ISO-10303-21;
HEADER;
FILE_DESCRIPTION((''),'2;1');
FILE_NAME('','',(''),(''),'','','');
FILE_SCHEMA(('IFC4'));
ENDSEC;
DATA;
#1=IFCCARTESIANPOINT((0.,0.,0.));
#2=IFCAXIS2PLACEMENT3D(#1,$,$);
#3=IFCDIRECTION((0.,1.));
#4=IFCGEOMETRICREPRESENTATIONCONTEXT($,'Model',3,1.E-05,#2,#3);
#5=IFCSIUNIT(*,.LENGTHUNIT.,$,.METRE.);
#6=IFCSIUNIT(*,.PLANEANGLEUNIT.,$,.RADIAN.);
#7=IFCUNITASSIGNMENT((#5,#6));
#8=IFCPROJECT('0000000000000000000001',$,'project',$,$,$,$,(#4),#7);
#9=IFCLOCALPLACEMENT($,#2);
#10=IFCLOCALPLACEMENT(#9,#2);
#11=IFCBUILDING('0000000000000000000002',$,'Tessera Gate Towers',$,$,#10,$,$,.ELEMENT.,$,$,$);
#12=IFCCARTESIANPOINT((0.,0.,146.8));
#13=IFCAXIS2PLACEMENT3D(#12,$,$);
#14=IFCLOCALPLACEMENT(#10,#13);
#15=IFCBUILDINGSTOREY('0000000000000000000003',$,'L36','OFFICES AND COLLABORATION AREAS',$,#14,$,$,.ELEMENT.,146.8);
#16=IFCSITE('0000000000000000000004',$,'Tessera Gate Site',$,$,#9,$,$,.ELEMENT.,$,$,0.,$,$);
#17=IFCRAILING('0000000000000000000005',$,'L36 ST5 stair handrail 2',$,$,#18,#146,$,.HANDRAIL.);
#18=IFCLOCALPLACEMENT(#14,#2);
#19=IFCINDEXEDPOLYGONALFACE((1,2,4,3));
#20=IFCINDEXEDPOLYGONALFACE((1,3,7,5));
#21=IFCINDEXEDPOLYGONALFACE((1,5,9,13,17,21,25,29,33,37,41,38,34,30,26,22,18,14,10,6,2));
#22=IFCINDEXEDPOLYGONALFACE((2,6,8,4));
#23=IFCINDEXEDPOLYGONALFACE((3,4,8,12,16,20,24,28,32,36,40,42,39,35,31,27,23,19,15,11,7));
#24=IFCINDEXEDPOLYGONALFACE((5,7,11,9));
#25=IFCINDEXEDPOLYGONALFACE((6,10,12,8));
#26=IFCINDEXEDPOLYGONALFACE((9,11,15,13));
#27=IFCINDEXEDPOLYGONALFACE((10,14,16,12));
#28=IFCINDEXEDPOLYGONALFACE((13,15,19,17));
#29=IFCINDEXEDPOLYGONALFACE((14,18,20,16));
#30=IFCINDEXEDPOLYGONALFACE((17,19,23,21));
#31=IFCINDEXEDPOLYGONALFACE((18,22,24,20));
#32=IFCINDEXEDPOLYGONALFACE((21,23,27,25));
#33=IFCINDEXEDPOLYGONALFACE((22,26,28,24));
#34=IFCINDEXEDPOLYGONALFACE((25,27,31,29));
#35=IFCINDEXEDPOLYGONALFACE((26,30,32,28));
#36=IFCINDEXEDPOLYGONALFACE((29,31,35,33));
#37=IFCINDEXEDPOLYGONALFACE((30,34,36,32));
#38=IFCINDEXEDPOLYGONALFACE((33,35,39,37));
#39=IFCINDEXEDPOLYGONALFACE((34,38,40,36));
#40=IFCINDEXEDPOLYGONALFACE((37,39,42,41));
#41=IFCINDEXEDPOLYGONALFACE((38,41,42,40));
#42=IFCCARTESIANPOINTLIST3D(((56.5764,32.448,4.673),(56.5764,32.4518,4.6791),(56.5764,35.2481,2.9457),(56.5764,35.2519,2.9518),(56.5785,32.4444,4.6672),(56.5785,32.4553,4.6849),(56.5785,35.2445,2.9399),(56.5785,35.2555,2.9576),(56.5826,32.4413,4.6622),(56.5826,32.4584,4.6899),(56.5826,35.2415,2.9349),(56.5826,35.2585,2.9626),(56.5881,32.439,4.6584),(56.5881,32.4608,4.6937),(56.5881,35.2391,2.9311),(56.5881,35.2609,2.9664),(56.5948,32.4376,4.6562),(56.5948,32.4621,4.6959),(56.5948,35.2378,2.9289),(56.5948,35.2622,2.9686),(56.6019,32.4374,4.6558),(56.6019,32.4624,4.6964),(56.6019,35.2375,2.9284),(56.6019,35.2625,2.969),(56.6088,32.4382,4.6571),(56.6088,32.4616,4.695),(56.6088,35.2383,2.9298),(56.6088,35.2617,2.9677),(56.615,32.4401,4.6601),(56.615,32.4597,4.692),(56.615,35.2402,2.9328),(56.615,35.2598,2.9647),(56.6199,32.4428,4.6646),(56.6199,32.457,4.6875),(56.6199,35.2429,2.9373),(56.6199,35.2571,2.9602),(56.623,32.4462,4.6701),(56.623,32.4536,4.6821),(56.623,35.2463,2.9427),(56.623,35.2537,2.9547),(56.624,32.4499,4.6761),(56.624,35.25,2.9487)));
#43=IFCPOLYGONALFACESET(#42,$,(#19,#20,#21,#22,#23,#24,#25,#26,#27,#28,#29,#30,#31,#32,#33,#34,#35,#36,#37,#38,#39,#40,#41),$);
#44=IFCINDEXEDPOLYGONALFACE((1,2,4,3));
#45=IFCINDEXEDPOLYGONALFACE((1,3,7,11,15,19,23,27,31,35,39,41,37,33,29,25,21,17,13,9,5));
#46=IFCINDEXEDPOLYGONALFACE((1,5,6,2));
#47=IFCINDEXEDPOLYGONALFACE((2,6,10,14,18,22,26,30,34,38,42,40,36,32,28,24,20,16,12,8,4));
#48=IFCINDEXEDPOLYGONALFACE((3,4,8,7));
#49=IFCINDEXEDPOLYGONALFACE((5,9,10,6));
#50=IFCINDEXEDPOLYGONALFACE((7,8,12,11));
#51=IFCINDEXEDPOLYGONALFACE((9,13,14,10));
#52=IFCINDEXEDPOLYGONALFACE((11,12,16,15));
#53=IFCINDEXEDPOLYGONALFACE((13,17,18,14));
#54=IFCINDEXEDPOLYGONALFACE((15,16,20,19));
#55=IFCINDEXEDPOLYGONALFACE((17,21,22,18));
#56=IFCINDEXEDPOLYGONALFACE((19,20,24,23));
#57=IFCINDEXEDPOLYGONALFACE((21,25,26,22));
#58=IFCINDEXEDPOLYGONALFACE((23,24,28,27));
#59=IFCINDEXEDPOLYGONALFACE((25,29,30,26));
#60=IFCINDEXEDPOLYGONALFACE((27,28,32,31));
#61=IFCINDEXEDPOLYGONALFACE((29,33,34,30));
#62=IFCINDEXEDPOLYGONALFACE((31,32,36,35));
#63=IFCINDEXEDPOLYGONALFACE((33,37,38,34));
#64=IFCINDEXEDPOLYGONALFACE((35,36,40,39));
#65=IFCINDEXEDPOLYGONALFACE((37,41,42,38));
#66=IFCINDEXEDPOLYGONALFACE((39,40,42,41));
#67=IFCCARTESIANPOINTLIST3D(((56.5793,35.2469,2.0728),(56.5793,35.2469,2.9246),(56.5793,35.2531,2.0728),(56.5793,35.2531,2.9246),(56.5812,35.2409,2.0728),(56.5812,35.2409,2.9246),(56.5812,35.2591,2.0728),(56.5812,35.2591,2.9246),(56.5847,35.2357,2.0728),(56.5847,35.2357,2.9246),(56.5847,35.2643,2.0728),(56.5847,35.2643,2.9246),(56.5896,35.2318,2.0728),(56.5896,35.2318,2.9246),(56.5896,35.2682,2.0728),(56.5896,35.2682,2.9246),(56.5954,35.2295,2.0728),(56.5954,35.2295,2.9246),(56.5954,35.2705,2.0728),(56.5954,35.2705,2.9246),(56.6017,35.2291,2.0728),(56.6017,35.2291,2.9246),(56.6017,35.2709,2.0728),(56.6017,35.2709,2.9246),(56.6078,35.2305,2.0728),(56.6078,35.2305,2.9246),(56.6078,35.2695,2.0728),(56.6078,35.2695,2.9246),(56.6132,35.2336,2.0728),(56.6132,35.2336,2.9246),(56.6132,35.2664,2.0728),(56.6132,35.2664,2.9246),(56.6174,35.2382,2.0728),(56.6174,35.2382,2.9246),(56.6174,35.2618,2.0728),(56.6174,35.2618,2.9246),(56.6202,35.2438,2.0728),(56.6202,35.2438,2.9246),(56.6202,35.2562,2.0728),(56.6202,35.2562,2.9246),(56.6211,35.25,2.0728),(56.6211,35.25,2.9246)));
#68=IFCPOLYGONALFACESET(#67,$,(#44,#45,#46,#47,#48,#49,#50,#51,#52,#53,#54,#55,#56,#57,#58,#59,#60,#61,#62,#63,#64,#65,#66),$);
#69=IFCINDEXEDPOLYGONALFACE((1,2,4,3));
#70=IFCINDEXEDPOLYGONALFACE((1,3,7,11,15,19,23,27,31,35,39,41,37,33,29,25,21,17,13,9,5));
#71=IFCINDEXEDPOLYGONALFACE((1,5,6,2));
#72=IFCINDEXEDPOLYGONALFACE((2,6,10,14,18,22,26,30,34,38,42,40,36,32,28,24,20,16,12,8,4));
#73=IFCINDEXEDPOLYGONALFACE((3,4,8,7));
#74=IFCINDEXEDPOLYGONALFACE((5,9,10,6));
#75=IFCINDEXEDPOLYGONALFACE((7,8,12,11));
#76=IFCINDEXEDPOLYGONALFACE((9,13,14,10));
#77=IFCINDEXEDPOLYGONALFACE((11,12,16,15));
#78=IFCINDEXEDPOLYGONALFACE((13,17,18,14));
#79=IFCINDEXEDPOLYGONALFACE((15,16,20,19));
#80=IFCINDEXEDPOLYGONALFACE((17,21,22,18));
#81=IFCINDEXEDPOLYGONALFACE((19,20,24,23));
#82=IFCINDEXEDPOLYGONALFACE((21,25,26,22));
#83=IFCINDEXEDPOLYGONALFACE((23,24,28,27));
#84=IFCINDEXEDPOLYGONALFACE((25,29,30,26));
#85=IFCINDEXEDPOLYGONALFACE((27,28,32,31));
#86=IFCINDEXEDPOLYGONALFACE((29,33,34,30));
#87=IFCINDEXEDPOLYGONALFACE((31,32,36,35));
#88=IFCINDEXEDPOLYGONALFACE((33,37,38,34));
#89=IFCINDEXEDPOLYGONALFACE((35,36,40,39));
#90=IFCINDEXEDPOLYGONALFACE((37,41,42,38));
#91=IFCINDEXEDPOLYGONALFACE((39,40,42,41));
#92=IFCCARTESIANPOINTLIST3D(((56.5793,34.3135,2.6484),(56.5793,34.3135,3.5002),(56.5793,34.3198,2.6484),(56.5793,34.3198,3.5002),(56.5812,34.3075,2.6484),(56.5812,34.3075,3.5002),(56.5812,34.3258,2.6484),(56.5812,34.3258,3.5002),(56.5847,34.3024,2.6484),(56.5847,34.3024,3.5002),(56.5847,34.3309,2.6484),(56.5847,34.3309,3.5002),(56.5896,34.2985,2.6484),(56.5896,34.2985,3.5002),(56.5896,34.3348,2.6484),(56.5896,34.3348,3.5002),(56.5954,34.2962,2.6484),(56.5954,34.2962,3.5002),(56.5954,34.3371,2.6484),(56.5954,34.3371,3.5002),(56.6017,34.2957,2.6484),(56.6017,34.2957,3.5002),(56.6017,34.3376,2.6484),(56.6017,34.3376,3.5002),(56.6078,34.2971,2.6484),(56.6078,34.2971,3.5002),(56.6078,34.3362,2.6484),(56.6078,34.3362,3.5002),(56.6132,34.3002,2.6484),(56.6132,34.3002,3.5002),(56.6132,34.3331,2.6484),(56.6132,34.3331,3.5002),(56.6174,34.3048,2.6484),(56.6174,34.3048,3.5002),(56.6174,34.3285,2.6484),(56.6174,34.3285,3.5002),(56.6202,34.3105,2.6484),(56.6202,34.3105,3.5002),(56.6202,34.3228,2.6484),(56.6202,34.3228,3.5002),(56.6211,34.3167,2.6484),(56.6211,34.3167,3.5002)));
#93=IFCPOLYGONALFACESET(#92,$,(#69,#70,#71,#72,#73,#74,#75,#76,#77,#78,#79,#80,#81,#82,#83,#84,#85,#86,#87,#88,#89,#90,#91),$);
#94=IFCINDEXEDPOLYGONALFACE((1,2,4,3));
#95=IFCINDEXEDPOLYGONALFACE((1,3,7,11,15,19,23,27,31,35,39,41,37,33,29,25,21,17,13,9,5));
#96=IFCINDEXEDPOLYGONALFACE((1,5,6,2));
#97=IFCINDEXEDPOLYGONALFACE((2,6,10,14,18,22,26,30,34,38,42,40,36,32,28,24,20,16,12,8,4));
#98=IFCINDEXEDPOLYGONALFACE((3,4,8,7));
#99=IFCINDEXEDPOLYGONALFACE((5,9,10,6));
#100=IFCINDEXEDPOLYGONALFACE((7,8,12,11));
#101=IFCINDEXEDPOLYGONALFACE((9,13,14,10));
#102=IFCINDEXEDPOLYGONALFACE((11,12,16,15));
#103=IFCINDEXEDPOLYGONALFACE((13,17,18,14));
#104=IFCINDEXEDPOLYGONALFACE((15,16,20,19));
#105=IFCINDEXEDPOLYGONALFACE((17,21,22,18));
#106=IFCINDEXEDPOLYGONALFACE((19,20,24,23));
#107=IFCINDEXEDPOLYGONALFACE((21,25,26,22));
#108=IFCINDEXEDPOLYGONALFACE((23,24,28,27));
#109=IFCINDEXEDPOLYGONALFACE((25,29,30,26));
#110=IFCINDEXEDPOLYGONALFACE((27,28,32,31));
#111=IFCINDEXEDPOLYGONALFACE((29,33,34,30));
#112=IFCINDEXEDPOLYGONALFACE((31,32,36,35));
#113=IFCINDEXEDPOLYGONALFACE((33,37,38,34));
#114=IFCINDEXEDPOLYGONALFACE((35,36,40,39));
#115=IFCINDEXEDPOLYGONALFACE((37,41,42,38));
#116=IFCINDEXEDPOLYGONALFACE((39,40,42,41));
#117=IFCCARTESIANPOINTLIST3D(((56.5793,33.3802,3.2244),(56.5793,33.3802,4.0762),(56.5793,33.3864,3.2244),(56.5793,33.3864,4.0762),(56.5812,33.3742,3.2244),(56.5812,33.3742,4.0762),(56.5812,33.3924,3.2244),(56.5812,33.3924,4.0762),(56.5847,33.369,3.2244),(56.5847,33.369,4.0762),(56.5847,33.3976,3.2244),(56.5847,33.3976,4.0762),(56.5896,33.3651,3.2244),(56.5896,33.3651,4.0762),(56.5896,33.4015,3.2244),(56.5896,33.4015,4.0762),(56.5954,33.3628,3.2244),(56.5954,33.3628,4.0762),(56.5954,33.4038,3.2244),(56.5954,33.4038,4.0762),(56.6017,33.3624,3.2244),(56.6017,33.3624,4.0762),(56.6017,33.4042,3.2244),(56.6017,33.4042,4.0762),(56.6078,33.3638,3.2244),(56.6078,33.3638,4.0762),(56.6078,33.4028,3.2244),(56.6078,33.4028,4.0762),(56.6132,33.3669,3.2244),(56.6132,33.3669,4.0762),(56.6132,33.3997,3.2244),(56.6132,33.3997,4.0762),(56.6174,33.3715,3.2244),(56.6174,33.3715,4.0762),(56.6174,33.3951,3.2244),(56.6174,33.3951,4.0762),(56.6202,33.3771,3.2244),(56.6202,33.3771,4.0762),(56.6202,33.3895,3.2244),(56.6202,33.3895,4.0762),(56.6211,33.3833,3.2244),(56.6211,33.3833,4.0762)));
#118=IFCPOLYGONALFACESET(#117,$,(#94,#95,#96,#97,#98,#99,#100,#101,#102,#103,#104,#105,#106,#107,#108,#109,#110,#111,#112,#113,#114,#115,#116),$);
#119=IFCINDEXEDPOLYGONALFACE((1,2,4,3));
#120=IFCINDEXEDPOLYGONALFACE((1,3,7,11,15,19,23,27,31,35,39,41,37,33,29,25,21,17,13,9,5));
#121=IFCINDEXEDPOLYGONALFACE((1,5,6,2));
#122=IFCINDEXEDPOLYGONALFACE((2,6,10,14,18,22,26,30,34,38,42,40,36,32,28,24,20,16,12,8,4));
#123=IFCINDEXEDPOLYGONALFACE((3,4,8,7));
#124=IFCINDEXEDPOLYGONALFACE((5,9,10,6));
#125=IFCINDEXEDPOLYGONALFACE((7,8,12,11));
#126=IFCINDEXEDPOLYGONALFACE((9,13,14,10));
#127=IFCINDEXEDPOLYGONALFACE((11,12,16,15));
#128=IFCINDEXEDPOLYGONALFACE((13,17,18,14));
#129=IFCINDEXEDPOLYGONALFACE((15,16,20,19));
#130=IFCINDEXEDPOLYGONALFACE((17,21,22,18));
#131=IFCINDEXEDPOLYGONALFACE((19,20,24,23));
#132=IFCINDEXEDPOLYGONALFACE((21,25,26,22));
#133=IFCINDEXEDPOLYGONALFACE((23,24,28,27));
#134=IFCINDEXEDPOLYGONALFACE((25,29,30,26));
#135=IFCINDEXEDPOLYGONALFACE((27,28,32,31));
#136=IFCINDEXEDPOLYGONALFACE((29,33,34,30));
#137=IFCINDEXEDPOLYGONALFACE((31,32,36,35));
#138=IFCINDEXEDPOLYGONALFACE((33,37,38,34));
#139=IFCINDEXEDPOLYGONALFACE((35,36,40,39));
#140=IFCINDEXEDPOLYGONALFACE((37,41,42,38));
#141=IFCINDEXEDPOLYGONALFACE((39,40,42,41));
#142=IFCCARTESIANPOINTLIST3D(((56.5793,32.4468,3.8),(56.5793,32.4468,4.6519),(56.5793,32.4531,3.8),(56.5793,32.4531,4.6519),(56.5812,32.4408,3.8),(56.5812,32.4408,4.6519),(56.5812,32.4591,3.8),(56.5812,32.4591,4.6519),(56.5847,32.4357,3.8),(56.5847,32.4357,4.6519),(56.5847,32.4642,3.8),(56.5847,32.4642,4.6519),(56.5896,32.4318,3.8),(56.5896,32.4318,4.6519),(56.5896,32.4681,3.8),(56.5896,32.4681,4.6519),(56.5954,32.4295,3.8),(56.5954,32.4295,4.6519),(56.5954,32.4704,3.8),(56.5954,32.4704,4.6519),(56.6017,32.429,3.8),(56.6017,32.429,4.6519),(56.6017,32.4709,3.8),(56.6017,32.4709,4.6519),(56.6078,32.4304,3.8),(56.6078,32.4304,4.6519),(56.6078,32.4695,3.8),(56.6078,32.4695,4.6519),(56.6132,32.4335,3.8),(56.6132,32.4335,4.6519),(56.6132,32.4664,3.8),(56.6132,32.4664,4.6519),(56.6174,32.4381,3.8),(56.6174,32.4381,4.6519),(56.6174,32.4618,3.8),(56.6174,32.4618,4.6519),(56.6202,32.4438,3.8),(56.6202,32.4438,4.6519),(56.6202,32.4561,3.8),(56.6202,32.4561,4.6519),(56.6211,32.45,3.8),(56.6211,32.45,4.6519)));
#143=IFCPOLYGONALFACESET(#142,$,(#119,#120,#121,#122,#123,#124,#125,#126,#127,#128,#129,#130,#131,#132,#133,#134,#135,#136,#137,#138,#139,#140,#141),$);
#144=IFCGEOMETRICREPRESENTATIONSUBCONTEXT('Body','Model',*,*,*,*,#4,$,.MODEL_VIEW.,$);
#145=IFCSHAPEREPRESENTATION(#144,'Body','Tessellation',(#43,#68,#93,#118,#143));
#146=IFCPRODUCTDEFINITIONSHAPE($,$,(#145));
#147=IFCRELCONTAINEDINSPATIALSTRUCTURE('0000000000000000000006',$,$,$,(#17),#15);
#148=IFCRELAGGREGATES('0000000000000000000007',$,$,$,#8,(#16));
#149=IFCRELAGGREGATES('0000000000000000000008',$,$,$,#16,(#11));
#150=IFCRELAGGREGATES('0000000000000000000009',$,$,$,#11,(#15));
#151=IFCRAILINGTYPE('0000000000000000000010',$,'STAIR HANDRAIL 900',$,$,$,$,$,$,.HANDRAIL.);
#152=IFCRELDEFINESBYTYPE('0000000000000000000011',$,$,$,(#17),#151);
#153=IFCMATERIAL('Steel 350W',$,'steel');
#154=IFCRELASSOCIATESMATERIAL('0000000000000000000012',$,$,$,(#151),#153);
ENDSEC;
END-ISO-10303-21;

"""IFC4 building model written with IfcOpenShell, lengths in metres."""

from ifc_helpers import new_model, si_unit, direction, frame, origin, origin_2d, place, context, subcontext, project, spatial, circle, extrude, material, type_object, element, save


model = new_model("IFC4")

# Units and contexts
model_context = context("Model", 3, precision=1e-05, world=origin(), true_north=direction((0.0, 1.0)))
body_context = subcontext(model_context, "Body", "Model", "MODEL_VIEW")
ifc_project = project(units=[si_unit("LENGTHUNIT", "METRE"), si_unit("PLANEANGLEUNIT", "RADIAN")], contexts=[model_context])

# Site, building, storey
site_placement = place(None, origin())
site = spatial("IfcSite", under=ifc_project, at=site_placement, Name="Tessera Gate Site", CompositionType="ELEMENT", RefElevation=0.0)
building_placement = place(site_placement, origin())
building = spatial("IfcBuilding", under=site, at=building_placement, Name="Tessera Gate Towers", CompositionType="ELEMENT")
storey_placement = place(building_placement, frame((0.0, 0.0, 146.8)))
storey = spatial("IfcBuildingStorey", under=building, at=storey_placement, Name="L36", Description="OFFICES AND COLLABORATION AREAS", CompositionType="ELEMENT", Elevation=146.8)

# Railing
ifc_material_1 = material(Name="Steel 350W", Category="steel")
railing_type_1 = type_object("IfcRailingType", Name="STAIR HANDRAIL 900", PredefinedType="HANDRAIL", material=ifc_material_1)
railing_1_placement = place(storey_placement, frame((56.6001, 35.25, 2.0728)))
element("IfcRailing", 1, at=railing_1_placement, inside=storey, type_object=railing_type_1, Name="L36 ST5 stair handrail 2", PredefinedType="HANDRAIL", context=body_context, shape_type="SweptSolid", body=[
    extrude(circle(Radius=0.0239, at=origin_2d()), frame((0.0, 0.0, 0.876), z_axis=(0.0, -0.85109, 0.52502), x_axis=(1.0, 0.0, 0.0)), (0.0, 0.0, 1.0), 3.29),
    extrude(circle(Radius=0.021, at=origin_2d()), origin(), (0.0, 0.0, 1.0), 0.8518),
    extrude(circle(Radius=0.021, at=origin_2d()), frame((0.0, -0.9333, 0.5757)), (0.0, 0.0, 1.0), 0.8518),
    extrude(circle(Radius=0.021, at=origin_2d()), frame((0.0, -1.8667, 1.1516)), (0.0, 0.0, 1.0), 0.8518),
    extrude(circle(Radius=0.021, at=origin_2d()), frame((0.0, -2.8, 1.7273)), (0.0, 0.0, 1.0), 0.8518),
])

save(model, "model.ifc")
